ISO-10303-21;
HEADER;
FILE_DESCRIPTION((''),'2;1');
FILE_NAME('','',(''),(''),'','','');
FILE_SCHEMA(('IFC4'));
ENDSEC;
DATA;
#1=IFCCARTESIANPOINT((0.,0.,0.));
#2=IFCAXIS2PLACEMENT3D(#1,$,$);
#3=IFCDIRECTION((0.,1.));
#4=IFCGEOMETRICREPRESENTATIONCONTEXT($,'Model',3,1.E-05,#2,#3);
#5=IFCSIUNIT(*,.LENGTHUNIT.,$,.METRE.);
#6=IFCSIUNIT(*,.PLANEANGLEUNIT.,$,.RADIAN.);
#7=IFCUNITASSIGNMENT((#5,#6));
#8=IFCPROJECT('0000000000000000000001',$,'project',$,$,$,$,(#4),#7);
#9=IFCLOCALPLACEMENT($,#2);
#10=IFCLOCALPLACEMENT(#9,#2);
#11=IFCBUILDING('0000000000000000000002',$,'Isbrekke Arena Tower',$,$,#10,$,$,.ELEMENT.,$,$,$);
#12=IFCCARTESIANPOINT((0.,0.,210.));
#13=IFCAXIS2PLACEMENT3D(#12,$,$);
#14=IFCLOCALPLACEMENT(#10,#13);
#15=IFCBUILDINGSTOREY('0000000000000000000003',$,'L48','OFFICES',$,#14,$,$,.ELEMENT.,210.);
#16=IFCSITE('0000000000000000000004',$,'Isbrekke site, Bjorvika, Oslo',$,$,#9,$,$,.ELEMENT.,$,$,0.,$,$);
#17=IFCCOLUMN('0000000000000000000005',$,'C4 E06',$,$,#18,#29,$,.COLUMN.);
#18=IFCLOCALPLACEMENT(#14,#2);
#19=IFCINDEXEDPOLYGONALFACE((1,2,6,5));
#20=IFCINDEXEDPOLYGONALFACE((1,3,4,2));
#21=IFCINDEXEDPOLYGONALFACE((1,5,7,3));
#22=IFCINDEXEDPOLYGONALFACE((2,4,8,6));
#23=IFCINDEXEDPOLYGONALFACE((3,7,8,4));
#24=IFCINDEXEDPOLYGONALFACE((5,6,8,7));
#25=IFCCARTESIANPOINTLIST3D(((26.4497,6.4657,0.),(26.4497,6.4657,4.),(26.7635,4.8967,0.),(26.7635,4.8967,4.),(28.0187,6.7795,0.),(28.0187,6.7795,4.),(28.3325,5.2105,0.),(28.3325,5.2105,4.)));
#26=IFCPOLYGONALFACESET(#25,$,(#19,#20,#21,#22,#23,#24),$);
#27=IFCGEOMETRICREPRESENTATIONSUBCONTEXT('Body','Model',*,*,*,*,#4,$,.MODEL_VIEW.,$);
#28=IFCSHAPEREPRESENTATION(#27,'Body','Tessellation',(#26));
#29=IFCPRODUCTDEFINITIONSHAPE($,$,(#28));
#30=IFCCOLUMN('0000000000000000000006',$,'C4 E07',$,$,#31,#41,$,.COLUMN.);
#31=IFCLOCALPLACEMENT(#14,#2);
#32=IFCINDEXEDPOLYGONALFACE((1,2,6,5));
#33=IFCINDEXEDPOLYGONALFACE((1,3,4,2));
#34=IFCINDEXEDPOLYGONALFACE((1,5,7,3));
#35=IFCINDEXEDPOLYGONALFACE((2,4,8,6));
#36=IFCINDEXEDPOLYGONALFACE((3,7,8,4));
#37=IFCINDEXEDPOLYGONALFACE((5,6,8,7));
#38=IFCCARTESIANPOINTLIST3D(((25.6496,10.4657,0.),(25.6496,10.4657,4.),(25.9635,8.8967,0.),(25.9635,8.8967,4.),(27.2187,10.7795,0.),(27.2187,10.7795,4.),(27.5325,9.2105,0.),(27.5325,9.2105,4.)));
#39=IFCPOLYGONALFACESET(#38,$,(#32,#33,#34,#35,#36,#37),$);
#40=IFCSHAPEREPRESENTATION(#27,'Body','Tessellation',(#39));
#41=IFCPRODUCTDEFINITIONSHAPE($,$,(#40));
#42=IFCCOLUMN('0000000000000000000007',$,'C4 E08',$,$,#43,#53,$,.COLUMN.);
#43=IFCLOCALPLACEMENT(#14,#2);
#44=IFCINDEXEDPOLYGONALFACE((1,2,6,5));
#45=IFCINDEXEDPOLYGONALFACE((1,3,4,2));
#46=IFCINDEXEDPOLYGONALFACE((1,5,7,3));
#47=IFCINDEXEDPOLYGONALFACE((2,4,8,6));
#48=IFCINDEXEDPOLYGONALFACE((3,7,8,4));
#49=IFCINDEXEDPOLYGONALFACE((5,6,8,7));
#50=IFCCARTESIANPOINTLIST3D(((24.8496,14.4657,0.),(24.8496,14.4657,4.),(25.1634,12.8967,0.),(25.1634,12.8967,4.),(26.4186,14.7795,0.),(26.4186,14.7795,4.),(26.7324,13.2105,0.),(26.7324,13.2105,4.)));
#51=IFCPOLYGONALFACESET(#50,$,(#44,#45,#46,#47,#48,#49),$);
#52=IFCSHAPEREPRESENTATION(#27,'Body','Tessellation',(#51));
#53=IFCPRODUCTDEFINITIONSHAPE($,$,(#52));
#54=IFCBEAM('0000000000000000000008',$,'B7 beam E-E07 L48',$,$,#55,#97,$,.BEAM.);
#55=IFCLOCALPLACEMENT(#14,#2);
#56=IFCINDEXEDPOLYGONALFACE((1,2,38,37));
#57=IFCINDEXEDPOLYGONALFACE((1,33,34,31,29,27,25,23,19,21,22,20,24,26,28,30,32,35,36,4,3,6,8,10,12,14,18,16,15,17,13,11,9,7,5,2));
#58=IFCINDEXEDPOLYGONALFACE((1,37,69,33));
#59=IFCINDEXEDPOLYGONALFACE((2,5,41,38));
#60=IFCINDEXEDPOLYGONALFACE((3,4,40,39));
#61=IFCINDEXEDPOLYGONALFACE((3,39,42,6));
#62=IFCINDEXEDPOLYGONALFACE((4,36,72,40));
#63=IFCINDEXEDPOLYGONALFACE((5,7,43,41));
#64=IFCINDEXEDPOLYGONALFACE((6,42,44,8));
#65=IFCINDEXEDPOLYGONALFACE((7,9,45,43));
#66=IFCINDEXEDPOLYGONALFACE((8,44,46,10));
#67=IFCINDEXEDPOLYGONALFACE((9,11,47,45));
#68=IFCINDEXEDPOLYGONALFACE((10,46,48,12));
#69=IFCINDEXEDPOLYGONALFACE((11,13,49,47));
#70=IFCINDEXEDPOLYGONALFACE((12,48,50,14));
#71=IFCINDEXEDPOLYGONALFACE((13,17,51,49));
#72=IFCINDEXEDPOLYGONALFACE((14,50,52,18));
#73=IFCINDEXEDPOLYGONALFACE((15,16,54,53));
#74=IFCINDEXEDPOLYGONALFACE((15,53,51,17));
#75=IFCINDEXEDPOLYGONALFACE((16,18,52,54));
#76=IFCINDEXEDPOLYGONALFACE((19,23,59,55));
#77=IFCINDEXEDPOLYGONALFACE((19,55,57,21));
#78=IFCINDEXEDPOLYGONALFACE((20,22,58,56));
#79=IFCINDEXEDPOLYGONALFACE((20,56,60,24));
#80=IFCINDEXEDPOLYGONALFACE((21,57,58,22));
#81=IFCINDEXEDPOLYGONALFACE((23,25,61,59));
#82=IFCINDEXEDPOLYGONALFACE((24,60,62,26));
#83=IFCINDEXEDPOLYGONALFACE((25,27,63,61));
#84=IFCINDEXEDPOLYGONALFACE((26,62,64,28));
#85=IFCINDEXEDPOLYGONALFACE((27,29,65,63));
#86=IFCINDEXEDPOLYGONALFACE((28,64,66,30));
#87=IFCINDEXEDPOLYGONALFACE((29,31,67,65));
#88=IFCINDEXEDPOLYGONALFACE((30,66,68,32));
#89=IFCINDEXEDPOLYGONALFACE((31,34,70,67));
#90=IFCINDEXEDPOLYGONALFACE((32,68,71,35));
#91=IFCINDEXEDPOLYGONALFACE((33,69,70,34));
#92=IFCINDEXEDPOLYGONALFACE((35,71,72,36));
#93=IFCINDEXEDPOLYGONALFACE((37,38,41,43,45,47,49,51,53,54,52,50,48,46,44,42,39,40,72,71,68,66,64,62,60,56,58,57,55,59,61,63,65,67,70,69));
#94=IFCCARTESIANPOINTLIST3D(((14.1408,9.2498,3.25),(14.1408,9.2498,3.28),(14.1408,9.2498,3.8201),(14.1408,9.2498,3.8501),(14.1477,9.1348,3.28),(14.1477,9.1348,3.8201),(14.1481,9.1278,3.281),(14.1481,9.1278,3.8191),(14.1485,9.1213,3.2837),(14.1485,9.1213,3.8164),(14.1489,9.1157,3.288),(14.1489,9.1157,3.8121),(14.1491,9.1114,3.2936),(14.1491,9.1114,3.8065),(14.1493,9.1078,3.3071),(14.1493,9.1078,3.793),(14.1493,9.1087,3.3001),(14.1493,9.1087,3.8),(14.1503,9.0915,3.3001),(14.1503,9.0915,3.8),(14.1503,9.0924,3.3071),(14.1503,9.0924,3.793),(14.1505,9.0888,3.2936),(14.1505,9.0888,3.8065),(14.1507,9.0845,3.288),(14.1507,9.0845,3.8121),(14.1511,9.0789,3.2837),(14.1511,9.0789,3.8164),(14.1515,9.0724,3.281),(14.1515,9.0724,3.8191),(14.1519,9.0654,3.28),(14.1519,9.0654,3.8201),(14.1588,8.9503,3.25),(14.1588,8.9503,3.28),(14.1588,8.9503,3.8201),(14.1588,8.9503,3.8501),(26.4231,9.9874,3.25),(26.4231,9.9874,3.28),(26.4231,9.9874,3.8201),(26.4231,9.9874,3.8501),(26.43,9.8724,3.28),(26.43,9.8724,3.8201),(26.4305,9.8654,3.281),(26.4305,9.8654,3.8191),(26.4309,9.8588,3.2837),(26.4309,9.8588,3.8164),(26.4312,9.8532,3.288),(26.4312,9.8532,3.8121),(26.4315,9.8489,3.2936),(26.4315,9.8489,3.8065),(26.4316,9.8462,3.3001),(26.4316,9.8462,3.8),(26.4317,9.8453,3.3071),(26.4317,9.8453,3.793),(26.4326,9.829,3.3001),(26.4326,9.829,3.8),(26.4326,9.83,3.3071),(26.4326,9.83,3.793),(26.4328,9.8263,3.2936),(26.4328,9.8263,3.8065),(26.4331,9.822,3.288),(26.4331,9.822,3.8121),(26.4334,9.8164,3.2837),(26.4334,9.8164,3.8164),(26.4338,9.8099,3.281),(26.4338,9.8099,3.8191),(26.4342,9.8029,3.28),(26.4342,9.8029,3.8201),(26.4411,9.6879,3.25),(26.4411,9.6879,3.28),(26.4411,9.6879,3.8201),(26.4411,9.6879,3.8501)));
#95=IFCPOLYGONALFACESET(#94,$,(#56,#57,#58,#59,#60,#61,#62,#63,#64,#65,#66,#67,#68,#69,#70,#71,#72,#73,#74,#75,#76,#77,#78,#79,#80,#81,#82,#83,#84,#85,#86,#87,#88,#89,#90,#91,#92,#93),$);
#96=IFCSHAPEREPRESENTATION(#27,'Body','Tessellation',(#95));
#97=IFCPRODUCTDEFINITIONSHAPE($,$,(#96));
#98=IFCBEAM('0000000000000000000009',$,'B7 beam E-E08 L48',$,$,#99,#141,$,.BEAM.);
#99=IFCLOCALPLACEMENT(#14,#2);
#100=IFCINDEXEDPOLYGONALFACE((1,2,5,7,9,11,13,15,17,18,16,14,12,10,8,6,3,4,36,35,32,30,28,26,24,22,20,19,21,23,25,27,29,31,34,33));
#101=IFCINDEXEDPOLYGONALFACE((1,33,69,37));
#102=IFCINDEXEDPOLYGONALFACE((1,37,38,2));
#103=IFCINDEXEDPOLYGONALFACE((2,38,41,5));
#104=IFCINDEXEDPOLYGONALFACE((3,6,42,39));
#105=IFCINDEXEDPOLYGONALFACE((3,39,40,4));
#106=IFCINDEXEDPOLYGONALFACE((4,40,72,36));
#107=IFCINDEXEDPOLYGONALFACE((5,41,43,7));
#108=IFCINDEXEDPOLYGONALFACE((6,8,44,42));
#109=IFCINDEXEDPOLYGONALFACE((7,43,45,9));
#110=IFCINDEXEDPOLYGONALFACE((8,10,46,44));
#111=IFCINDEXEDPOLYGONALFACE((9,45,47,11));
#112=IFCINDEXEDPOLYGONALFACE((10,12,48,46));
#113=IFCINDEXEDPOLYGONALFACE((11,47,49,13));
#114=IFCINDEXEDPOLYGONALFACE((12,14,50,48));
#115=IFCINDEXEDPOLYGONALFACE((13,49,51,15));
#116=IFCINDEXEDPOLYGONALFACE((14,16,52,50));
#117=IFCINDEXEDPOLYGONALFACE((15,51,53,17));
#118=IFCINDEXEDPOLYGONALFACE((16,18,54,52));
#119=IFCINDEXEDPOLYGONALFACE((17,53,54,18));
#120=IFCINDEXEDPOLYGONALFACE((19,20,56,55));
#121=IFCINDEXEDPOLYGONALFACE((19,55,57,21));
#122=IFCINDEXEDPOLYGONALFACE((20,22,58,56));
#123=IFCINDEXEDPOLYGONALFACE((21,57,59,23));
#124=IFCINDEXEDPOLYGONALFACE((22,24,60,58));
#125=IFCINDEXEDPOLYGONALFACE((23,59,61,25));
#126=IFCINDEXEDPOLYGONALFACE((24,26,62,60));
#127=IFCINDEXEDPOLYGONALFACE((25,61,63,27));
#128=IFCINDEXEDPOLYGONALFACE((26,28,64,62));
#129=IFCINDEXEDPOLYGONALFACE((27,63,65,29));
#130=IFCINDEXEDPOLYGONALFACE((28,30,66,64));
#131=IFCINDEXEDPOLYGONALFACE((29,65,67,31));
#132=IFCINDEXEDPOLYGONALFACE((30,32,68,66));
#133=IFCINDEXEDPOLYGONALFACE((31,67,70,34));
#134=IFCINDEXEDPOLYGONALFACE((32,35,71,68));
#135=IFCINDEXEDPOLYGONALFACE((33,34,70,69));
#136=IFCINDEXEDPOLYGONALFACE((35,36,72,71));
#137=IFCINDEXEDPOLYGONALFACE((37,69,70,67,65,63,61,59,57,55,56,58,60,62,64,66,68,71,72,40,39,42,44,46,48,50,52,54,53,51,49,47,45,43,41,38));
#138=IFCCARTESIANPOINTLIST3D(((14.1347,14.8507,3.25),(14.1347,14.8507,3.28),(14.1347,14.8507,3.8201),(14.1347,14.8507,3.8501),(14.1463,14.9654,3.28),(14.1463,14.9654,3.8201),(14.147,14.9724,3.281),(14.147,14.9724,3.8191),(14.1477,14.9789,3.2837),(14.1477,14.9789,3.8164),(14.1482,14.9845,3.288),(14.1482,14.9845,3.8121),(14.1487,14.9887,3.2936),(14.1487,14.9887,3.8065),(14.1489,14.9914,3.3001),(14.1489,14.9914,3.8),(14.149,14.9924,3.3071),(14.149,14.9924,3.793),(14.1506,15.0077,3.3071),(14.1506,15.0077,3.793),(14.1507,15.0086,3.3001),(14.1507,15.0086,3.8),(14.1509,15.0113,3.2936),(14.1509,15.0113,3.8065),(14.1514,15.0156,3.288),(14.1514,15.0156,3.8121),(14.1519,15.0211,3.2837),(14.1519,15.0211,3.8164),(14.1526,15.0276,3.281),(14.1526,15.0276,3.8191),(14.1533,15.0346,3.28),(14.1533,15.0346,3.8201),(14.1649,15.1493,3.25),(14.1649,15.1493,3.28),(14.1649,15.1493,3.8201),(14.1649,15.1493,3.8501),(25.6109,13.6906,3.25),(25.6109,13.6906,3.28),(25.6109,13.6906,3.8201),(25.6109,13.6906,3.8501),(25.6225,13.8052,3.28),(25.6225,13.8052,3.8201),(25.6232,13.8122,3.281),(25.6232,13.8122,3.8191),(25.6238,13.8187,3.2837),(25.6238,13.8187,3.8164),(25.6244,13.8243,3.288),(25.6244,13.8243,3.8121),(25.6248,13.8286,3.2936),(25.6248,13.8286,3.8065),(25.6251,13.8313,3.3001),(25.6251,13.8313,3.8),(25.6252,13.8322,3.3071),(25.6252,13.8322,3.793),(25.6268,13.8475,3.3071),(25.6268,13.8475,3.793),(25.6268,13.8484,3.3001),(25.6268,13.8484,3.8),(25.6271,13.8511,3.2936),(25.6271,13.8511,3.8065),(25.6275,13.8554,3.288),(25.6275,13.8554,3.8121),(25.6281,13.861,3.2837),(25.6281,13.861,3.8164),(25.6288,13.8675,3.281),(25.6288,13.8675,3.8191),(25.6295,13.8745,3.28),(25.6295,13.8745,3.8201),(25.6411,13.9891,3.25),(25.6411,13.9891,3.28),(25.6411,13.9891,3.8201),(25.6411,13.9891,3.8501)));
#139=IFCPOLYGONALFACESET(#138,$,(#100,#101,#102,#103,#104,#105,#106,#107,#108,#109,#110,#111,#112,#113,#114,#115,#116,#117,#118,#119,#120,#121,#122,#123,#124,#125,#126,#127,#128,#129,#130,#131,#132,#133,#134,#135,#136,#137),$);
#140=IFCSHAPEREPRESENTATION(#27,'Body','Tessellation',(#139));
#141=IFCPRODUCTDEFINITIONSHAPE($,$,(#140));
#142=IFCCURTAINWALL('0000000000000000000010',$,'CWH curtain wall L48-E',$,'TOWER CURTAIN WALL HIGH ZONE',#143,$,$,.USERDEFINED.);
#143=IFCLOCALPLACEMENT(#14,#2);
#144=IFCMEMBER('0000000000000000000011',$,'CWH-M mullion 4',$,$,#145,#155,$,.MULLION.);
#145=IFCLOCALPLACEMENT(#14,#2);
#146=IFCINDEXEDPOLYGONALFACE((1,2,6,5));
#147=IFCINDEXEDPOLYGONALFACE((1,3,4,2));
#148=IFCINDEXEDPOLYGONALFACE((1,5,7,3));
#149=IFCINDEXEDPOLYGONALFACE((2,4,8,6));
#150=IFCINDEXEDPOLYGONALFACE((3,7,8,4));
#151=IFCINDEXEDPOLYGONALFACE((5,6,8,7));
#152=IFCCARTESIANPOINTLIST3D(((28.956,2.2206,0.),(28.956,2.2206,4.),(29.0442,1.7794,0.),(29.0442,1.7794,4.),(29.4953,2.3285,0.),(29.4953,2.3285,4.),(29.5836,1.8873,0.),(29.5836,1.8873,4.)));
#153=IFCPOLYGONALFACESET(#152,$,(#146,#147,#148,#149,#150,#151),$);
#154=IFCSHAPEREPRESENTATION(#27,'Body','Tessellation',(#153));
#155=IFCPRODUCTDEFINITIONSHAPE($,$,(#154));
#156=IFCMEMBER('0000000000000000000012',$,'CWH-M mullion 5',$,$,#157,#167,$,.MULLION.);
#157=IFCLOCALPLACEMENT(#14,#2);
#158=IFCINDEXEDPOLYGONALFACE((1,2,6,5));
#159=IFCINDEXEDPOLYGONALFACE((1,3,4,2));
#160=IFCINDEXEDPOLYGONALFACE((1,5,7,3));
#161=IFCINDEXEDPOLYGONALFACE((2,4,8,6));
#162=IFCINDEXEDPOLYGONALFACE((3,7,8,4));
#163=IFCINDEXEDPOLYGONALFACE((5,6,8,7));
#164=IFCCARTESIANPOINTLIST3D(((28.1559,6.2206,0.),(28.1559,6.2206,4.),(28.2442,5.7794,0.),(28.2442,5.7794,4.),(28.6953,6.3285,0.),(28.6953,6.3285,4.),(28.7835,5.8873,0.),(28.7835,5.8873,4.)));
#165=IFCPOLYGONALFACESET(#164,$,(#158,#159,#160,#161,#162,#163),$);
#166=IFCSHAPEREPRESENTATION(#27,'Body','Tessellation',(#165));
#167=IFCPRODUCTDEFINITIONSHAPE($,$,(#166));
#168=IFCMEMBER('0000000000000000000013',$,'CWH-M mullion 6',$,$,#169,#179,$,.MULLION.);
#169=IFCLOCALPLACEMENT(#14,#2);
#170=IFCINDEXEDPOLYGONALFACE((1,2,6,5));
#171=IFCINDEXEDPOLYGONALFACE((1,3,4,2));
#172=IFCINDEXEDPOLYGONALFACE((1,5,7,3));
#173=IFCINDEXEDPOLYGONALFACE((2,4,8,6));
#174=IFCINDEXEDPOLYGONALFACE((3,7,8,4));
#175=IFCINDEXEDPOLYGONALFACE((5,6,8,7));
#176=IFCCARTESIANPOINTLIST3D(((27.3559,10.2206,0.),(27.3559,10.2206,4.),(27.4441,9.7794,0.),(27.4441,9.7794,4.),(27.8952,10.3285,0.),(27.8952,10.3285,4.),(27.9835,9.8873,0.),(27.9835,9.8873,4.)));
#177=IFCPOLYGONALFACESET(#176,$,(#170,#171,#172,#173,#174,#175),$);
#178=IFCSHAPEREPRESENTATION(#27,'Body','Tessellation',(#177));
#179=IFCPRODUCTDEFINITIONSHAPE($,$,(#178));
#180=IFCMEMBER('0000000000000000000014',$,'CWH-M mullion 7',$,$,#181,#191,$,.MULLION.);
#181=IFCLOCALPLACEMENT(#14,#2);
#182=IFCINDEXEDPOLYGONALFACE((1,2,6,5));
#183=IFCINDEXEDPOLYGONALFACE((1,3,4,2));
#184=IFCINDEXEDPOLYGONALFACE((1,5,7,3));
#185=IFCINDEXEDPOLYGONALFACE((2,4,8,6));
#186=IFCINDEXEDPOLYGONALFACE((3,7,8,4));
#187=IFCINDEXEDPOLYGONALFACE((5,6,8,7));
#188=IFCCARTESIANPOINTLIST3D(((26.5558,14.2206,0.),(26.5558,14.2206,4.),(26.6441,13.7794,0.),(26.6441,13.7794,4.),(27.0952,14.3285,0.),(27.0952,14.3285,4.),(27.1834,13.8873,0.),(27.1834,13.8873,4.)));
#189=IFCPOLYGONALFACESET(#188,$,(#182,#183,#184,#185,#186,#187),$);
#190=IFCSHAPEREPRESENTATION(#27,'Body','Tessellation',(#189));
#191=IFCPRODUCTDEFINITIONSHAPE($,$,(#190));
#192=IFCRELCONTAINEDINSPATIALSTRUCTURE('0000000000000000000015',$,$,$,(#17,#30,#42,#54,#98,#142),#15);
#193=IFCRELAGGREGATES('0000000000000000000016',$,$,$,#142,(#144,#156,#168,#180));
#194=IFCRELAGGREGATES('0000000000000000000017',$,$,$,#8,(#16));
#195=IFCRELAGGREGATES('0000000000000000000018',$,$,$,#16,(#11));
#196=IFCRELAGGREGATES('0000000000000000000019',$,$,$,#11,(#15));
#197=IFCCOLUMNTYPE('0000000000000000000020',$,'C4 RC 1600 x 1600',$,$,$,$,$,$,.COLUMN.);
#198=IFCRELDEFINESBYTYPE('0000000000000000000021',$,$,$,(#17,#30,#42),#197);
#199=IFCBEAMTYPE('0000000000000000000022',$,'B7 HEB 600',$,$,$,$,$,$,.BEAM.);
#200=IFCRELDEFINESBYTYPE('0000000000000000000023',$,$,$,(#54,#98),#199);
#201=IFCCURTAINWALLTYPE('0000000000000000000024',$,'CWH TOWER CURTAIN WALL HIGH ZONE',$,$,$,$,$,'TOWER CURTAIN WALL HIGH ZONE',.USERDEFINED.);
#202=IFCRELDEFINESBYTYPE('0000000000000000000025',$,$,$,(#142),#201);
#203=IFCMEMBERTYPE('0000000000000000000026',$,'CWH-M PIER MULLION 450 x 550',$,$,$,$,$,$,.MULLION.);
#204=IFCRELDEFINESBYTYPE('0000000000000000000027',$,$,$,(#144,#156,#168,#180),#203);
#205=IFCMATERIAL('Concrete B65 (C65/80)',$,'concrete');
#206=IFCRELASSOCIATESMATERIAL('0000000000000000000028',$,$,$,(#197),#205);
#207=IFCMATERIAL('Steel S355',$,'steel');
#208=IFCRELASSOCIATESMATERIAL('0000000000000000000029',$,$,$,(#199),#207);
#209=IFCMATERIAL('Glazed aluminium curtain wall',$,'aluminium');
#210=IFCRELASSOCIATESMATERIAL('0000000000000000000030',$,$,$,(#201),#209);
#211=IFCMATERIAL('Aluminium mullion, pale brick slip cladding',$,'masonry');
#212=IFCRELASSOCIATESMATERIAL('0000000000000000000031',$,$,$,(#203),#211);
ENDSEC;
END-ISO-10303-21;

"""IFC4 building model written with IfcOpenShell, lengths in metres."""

from ifc_helpers import new_model, si_unit, direction, frame, origin, origin_2d, place, context, subcontext, project, spatial, rectangle, i_section, extrude, material, material_profile, profile_set, type_object, element, aggregate, save


model = new_model("IFC4")

# Units and contexts
model_context = context("Model", 3, precision=1e-05, world=origin(), true_north=direction((0.0, 1.0)))
body_context = subcontext(model_context, "Body", "Model", "MODEL_VIEW")
ifc_project = project(units=[si_unit("LENGTHUNIT", "METRE"), si_unit("PLANEANGLEUNIT", "RADIAN")], contexts=[model_context])

# Site, building, storey
site_placement = place(None, origin())
site = spatial("IfcSite", under=ifc_project, at=site_placement, Name="Isbrekke site, Bjorvika, Oslo", CompositionType="ELEMENT", RefElevation=0.0)
building_placement = place(site_placement, origin())
building = spatial("IfcBuilding", under=site, at=building_placement, Name="Isbrekke Arena Tower", CompositionType="ELEMENT")
storey_placement = place(building_placement, frame((0.0, 0.0, 210.0)))
storey = spatial("IfcBuildingStorey", under=building, at=storey_placement, Name="L48", Description="OFFICES", CompositionType="ELEMENT", Elevation=210.0)

# Columns
ifc_material_1 = material(Name="Concrete B65 (C65/80)", Category="concrete")
ifc_material_profile_1 = material_profile(ifc_material_1, rectangle(XDim=1.6001, YDim=1.6001, at=origin_2d()), Name="RC 1600x1600")
ifc_profile_set_1 = profile_set([ifc_material_profile_1], Name="Concrete B65 (C65/80)")
column_type = type_object("IfcColumnType", Name="C4 RC 1600 x 1600", PredefinedType="COLUMN", material=ifc_profile_set_1)
for number, where, z_axis, x_axis, name in (
    (1, (27.3911, 5.8381, 0.0), (0.0, 0.0, 1.0), (-0.196116, 0.980581, 0.0), "C4 E06"),
    (2, (26.5911, 9.8381, 0.0), (0.0, 0.0, 1.0), (-0.196116, 0.980581, 0.0), "C4 E07"),
    (3, (25.791, 13.8381, 0.0), (0.0, 0.0, 1.0), (-0.196116, 0.980581, 0.0), "C4 E08"),
):
    element("IfcColumn", number, at=place(storey_placement, frame(where, z_axis=z_axis, x_axis=x_axis)), inside=storey, type_object=column_type, Name=name, PredefinedType="COLUMN", context=body_context, shape_type="SweptSolid", body=[
        extrude(rectangle(XDim=1.6001, YDim=1.6001, at=origin_2d()), origin(), (0.0, 0.0, 1.0), 4.0),
    ])

# Beams
ifc_material_2 = material(Name="Steel S355", Category="steel")
ifc_material_profile_2 = material_profile(ifc_material_2, i_section(OverallWidth=0.3, OverallDepth=0.6001, WebThickness=0.0154, FlangeThickness=0.03, FilletRadius=0.0271, at=origin_2d()), Name="HEB 600")
ifc_profile_set_2 = profile_set([ifc_material_profile_2], Name="Steel S355")
beam_type_1 = type_object("IfcBeamType", Name="B7 HEB 600", PredefinedType="BEAM", material=ifc_profile_set_2)
beam_1_placement = place(storey_placement, frame((26.4321, 9.8376, 3.55), z_axis=(-0.998202, -0.059942, 0.0), x_axis=(0.059942, -0.998202, 0.0)))
element("IfcBeam", 4, at=beam_1_placement, inside=storey, type_object=beam_type_1, Name="B7 beam E-E07 L48", PredefinedType="BEAM", context=body_context, shape_type="SweptSolid", body=[
    extrude(i_section(OverallWidth=0.3, OverallDepth=0.6001, WebThickness=0.0154, FlangeThickness=0.03, FilletRadius=0.0271, at=origin_2d()), origin(), (0.0, 0.0, 1.0), 12.3044),
])
beam_2_placement = place(storey_placement, frame((25.626, 13.8398, 3.55), z_axis=(-0.994929, 0.100581, 0.0), x_axis=(-0.100581, -0.994929, 0.0)))
element("IfcBeam", 5, at=beam_2_placement, inside=storey, type_object=beam_type_1, Name="B7 beam E-E08 L48", PredefinedType="BEAM", context=body_context, shape_type="SweptSolid", body=[
    extrude(i_section(OverallWidth=0.3, OverallDepth=0.6001, WebThickness=0.0154, FlangeThickness=0.03, FilletRadius=0.0271, at=origin_2d()), origin(), (0.0, 0.0, 1.0), 11.5347),
])

# Curtain wall, members
ifc_material_3 = material(Name="Glazed aluminium curtain wall", Category="aluminium")
curtain_wall_type = type_object("IfcCurtainWallType", Name="CWH TOWER CURTAIN WALL HIGH ZONE", ElementType="TOWER CURTAIN WALL HIGH ZONE", PredefinedType="USERDEFINED", material=ifc_material_3)
curtain_wall_placement = place(storey_placement, origin())
curtain_wall = element("IfcCurtainWall", 6, at=curtain_wall_placement, inside=storey, type_object=curtain_wall_type, Name="CWH curtain wall L48-E", ObjectType="TOWER CURTAIN WALL HIGH ZONE", PredefinedType="USERDEFINED")
ifc_material_4 = material(Name="Aluminium mullion, pale brick slip cladding", Category="masonry")
ifc_material_profile_3 = material_profile(ifc_material_4, rectangle(XDim=0.45, YDim=0.55, at=origin_2d()), Name="PIER 450X550")
ifc_profile_set_3 = profile_set([ifc_material_profile_3], Name="Aluminium mullion, pale brick slip cladding")
member_type_1 = type_object("IfcMemberType", Name="CWH-M PIER MULLION 450 x 550", PredefinedType="MULLION", material=ifc_profile_set_3)
member_1_placement = place(storey_placement, frame((29.2698, 2.054, 0.0), z_axis=(0.0, 0.0, 1.0), x_axis=(-0.196116, 0.980581, 0.0)))
member_1 = element("IfcMember", 7, at=member_1_placement, type_object=member_type_1, Name="CWH-M mullion 4", PredefinedType="MULLION", context=body_context, shape_type="SweptSolid", body=[
    extrude(rectangle(XDim=0.45, YDim=0.55, at=origin_2d()), origin(), (0.0, 0.0, 1.0), 4.0),
])
member_2_placement = place(storey_placement, frame((28.4697, 6.054, 0.0), z_axis=(0.0, 0.0, 1.0), x_axis=(-0.196116, 0.980581, 0.0)))
member_2 = element("IfcMember", 8, at=member_2_placement, type_object=member_type_1, Name="CWH-M mullion 5", PredefinedType="MULLION", context=body_context, shape_type="SweptSolid", body=[
    extrude(rectangle(XDim=0.45, YDim=0.55, at=origin_2d()), origin(), (0.0, 0.0, 1.0), 4.0),
])
member_3_placement = place(storey_placement, frame((27.6697, 10.054, 0.0), z_axis=(0.0, 0.0, 1.0), x_axis=(-0.196116, 0.980581, 0.0)))
member_3 = element("IfcMember", 9, at=member_3_placement, type_object=member_type_1, Name="CWH-M mullion 6", PredefinedType="MULLION", context=body_context, shape_type="SweptSolid", body=[
    extrude(rectangle(XDim=0.45, YDim=0.55, at=origin_2d()), origin(), (0.0, 0.0, 1.0), 4.0),
])
member_4_placement = place(storey_placement, frame((26.8696, 14.054, 0.0), z_axis=(0.0, 0.0, 1.0), x_axis=(-0.196116, 0.980581, 0.0)))
member_4 = element("IfcMember", 10, at=member_4_placement, type_object=member_type_1, Name="CWH-M mullion 7", PredefinedType="MULLION", context=body_context, shape_type="SweptSolid", body=[
    extrude(rectangle(XDim=0.45, YDim=0.55, at=origin_2d()), origin(), (0.0, 0.0, 1.0), 4.0),
])

aggregate(curtain_wall, [member_1, member_2, member_3, member_4])

save(model, "model.ifc")
